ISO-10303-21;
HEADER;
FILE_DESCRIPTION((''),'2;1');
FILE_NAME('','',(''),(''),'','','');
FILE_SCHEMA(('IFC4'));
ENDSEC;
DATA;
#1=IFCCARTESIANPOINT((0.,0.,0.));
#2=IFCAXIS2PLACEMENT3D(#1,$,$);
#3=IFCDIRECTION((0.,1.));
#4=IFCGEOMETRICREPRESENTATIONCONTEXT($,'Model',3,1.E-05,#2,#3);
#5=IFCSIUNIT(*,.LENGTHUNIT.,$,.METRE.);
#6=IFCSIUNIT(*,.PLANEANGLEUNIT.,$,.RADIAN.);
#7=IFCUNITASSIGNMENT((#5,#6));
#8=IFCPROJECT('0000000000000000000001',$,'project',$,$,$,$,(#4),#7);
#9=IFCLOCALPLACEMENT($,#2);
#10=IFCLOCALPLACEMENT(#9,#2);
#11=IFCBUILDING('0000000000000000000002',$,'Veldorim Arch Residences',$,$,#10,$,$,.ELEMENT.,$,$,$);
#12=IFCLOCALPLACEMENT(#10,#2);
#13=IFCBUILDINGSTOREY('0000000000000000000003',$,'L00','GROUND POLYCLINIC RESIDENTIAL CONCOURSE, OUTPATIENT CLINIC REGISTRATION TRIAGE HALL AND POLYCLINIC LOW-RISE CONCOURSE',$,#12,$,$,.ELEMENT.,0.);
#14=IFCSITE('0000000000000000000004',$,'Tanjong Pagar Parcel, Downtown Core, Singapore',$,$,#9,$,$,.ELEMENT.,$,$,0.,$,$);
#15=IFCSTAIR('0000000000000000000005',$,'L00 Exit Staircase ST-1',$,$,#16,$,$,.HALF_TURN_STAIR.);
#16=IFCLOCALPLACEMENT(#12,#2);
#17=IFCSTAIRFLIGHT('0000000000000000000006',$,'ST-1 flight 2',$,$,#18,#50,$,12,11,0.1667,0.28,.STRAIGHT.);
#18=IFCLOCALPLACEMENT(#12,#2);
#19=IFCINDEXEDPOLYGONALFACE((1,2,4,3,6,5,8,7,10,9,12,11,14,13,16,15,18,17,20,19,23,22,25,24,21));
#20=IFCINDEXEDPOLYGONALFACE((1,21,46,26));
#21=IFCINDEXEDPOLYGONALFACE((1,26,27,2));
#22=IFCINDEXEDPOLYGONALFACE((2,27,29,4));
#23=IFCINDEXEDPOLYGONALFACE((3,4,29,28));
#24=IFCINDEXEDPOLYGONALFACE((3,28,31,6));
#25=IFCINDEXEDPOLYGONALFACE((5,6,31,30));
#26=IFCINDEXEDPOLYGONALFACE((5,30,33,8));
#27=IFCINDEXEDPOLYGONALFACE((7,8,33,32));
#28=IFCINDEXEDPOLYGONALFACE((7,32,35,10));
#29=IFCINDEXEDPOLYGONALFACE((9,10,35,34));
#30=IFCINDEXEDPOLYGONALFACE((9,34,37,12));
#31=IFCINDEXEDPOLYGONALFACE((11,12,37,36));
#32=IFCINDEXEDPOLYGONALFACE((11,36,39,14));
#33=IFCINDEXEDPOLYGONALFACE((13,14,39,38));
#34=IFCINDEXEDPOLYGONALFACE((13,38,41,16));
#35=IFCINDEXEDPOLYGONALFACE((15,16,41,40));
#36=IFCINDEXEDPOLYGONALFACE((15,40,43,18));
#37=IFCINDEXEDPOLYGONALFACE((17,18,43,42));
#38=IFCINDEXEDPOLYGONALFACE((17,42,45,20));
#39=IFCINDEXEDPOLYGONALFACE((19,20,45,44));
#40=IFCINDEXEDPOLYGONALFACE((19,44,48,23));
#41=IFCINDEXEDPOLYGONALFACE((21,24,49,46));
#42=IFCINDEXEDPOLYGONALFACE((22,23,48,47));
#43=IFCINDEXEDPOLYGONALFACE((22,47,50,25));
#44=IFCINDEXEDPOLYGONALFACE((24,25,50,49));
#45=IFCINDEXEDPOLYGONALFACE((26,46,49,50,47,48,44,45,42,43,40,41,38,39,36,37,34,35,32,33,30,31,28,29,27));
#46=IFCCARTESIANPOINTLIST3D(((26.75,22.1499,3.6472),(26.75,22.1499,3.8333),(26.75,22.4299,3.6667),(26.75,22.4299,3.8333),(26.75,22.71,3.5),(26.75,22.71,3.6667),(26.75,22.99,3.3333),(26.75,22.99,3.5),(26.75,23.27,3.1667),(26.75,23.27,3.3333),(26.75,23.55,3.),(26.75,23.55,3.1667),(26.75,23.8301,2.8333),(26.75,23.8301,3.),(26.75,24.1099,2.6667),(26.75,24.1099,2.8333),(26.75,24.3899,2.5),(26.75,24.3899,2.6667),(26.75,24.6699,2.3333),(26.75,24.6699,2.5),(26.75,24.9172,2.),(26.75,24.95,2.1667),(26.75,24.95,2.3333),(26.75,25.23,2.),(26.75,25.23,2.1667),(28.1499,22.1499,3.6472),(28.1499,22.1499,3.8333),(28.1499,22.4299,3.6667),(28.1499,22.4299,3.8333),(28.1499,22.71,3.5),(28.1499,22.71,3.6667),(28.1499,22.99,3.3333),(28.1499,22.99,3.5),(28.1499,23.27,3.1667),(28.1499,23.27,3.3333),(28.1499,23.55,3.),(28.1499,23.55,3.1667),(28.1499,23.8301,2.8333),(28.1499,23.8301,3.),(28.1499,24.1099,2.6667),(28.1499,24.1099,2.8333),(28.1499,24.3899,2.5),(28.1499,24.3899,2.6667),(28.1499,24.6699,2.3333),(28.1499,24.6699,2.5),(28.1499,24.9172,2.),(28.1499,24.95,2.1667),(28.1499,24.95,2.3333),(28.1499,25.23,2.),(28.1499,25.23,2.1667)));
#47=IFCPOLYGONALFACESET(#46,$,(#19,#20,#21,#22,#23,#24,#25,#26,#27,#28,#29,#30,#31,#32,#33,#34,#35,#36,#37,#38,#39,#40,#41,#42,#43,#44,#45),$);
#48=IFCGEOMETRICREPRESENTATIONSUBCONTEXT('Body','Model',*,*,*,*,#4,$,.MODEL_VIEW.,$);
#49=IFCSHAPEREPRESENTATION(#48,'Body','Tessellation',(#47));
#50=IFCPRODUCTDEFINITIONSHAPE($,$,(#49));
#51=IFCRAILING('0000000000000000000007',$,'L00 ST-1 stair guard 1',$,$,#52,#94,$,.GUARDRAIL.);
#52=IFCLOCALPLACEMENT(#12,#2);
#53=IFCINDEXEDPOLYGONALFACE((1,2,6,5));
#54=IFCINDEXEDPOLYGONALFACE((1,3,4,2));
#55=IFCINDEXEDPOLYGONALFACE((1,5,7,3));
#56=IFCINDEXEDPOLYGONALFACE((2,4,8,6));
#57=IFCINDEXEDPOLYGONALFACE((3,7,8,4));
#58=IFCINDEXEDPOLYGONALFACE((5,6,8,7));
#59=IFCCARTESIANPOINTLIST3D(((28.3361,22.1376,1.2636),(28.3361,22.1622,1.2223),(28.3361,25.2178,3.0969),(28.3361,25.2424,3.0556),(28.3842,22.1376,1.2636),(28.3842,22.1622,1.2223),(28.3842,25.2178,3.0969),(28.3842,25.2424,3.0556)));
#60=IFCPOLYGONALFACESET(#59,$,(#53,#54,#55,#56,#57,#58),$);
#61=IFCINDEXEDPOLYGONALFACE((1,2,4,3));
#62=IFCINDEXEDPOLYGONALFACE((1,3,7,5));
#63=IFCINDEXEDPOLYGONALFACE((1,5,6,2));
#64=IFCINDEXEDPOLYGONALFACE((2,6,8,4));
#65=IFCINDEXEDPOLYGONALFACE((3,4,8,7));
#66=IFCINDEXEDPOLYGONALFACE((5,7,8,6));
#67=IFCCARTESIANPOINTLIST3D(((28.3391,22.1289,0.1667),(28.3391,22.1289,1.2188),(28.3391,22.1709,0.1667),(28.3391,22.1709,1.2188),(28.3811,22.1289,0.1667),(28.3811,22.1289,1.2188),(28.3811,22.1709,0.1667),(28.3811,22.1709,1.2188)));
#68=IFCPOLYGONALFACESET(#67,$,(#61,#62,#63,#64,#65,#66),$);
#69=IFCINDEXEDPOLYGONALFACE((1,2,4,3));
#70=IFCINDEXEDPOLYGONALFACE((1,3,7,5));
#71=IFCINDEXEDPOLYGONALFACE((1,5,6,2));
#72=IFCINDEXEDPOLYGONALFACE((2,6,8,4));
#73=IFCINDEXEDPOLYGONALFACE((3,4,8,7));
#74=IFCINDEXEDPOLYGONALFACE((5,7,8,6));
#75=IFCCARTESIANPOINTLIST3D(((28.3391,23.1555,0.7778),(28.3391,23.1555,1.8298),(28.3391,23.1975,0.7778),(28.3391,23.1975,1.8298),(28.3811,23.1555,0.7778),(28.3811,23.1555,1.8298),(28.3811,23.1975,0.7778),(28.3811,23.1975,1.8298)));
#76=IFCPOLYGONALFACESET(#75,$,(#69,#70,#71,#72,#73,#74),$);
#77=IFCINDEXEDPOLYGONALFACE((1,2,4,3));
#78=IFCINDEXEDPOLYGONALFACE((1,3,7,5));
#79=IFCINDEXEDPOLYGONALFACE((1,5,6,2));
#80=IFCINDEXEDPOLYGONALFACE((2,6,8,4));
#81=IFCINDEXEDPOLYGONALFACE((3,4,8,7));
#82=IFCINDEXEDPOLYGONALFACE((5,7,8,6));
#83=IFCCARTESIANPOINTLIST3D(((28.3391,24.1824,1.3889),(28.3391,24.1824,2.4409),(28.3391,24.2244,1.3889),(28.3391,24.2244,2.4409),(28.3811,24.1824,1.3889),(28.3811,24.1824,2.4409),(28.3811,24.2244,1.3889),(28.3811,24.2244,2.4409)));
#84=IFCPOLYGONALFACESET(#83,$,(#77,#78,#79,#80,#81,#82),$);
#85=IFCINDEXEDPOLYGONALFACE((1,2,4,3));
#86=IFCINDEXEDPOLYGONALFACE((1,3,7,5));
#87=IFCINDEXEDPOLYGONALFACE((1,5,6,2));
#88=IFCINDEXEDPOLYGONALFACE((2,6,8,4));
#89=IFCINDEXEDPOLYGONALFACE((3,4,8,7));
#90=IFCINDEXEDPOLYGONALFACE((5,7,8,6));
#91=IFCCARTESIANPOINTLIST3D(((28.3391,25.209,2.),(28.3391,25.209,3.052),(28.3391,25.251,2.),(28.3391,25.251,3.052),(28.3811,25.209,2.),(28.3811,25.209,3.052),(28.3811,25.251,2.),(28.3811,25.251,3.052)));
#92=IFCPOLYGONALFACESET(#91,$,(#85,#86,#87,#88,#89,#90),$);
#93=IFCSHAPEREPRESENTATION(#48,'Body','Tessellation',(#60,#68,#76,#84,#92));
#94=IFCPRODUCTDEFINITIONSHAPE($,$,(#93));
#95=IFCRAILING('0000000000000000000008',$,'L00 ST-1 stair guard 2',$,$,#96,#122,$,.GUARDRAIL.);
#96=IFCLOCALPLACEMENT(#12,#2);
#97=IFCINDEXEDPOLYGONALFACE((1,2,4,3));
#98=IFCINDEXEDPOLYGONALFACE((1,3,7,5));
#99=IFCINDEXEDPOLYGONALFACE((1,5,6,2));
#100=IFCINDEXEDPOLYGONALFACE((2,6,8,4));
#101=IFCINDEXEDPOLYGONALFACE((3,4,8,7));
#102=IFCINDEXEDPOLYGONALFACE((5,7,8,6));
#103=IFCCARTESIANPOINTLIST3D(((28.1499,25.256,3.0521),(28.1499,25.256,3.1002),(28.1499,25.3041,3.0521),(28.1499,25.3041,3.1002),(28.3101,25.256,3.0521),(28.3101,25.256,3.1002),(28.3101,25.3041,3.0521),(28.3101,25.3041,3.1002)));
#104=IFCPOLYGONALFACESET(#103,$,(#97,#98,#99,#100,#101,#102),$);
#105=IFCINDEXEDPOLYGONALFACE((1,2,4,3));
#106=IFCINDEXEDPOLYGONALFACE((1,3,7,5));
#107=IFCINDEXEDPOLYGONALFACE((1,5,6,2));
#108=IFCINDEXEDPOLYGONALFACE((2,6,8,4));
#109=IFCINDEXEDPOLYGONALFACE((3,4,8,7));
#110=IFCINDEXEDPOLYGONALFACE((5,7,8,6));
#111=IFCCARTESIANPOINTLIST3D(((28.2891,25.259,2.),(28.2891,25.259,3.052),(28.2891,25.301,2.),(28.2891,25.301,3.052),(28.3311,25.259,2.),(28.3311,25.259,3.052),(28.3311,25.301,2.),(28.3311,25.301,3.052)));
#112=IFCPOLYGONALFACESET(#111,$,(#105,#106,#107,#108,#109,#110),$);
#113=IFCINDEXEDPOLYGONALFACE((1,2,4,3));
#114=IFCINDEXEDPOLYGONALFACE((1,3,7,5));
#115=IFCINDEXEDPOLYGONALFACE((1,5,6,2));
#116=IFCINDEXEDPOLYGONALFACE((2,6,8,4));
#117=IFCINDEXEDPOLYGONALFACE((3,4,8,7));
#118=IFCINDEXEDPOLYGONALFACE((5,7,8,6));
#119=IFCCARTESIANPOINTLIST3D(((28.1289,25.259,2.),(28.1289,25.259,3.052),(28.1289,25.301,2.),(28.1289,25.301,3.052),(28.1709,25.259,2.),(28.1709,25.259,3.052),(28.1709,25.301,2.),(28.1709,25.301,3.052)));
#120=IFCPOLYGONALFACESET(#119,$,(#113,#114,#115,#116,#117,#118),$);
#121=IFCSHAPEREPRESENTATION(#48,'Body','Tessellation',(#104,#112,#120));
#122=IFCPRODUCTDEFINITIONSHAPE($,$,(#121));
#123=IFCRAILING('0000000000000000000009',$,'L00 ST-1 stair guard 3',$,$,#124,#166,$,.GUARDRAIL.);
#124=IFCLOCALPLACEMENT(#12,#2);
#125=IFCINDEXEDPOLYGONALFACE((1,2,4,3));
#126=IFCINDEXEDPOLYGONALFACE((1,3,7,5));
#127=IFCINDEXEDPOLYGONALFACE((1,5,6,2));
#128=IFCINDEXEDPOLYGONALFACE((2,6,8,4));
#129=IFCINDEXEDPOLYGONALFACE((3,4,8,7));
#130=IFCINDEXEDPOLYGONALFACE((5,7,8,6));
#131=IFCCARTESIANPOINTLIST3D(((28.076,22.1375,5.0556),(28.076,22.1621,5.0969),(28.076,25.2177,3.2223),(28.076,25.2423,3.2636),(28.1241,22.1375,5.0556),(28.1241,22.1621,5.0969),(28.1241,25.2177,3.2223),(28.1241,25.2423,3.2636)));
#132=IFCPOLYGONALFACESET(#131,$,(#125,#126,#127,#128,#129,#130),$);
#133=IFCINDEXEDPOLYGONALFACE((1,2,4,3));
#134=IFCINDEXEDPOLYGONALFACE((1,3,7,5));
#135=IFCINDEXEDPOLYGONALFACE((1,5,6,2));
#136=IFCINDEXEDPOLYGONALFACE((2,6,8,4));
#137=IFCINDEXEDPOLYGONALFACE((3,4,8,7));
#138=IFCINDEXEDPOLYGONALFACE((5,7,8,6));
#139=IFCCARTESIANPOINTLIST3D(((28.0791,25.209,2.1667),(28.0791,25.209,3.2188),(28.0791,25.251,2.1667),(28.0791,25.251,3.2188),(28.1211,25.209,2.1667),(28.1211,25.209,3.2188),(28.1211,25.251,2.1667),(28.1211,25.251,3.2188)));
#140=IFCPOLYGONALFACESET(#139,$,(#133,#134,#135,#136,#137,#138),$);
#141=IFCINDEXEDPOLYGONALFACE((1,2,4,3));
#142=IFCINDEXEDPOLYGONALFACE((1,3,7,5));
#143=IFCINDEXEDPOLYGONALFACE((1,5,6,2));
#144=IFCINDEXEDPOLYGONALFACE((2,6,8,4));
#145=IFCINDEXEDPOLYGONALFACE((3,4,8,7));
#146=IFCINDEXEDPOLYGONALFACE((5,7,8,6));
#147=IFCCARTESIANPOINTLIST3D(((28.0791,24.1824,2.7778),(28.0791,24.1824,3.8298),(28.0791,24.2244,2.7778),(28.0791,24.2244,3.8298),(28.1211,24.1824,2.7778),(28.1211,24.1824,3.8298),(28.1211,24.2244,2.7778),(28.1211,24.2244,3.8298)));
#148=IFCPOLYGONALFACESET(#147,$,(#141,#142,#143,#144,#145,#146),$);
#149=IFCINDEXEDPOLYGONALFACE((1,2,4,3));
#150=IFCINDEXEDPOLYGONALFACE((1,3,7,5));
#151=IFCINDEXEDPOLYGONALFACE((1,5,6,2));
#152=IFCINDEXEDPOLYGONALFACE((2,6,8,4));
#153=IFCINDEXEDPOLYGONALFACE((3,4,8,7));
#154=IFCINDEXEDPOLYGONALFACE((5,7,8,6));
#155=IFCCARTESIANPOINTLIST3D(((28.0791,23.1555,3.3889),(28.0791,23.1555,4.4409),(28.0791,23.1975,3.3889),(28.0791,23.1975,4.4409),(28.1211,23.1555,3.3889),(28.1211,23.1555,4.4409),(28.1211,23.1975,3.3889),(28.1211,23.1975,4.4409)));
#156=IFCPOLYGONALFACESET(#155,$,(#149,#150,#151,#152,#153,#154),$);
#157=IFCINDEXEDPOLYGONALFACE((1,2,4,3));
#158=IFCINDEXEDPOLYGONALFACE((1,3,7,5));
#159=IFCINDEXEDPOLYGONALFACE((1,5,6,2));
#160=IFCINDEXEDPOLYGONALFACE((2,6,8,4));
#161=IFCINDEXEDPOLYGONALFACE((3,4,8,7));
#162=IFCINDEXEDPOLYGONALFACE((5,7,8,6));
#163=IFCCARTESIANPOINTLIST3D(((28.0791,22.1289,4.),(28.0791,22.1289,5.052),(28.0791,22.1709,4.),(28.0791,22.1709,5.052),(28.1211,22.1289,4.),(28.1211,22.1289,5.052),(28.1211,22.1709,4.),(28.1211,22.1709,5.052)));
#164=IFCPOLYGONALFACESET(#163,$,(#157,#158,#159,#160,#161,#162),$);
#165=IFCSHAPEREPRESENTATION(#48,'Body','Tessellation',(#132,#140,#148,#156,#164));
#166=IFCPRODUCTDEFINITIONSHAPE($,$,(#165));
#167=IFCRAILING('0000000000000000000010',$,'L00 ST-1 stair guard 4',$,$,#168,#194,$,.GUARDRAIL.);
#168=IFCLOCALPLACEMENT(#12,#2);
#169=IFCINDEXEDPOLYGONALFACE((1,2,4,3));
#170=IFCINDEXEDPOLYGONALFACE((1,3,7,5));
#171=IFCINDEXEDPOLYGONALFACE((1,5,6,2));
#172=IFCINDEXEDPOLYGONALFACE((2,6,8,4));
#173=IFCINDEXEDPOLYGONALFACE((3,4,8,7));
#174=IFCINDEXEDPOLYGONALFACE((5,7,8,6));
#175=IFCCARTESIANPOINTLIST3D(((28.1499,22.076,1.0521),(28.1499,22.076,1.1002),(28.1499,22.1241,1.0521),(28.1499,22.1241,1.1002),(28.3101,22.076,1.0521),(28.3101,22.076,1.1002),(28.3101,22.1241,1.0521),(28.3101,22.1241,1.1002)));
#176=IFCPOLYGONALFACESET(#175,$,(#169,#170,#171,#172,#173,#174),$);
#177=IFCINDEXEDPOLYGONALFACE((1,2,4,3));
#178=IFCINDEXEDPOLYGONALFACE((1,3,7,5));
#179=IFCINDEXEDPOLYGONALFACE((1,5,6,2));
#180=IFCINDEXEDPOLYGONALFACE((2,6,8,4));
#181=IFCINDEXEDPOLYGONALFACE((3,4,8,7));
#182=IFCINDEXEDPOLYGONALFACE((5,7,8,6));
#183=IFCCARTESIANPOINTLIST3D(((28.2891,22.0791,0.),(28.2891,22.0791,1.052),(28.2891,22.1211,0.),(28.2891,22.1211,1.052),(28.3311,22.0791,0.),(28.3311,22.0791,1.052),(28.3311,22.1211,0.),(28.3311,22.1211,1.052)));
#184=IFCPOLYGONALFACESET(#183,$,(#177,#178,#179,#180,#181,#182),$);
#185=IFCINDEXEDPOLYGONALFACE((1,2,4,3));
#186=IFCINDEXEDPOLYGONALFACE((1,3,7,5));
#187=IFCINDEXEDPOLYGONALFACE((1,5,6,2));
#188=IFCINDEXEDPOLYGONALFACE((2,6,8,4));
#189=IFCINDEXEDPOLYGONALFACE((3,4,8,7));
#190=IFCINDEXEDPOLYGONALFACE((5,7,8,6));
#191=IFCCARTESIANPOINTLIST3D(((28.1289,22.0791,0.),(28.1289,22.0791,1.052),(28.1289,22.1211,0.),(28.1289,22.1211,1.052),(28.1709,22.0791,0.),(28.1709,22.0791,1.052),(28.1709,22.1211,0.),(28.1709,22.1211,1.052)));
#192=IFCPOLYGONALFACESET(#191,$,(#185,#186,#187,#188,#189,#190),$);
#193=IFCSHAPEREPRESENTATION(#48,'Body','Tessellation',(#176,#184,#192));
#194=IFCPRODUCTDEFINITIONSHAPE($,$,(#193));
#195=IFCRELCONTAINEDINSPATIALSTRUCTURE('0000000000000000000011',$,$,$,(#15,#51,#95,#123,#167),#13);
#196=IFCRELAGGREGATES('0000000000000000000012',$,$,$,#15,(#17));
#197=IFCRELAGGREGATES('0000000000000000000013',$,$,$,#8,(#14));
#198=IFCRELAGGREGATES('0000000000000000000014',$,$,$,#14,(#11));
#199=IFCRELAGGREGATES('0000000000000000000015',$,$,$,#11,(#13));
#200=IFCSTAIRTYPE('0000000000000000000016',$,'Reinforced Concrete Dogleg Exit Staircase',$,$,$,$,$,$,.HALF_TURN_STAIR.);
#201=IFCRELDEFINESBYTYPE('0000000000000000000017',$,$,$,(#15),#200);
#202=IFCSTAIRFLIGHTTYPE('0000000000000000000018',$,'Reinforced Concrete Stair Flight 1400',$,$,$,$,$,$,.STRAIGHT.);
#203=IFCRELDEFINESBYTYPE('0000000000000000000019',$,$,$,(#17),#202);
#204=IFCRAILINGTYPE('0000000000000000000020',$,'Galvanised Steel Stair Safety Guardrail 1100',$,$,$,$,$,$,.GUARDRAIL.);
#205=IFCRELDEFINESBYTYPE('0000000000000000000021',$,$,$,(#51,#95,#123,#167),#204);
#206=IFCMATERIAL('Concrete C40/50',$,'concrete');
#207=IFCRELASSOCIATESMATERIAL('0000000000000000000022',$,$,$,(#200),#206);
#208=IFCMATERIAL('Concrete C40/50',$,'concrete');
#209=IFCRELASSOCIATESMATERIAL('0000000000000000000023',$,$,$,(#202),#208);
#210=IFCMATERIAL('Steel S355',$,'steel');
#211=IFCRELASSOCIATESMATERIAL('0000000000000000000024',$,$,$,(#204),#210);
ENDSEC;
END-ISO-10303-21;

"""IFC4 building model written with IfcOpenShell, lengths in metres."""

from ifc_helpers import new_model, si_unit, direction, frame, origin, origin_2d, place, context, subcontext, project, spatial, polyline, rectangle, outline, extrude, material, type_object, element, aggregate, save


model = new_model("IFC4")

# Units and contexts
model_context = context("Model", 3, precision=1e-05, world=origin(), true_north=direction((0.0, 1.0)))
body_context = subcontext(model_context, "Body", "Model", "MODEL_VIEW")
ifc_project = project(units=[si_unit("LENGTHUNIT", "METRE"), si_unit("PLANEANGLEUNIT", "RADIAN")], contexts=[model_context])

# Site, building, storey
site_placement = place(None, origin())
site = spatial("IfcSite", under=ifc_project, at=site_placement, Name="Tanjong Pagar Parcel, Downtown Core, Singapore", CompositionType="ELEMENT", RefElevation=0.0)
building_placement = place(site_placement, origin())
building = spatial("IfcBuilding", under=site, at=building_placement, Name="Veldorim Arch Residences", CompositionType="ELEMENT")
storey_placement = place(building_placement, origin())
storey = spatial("IfcBuildingStorey", under=building, at=storey_placement, Name="L00", Description="GROUND POLYCLINIC RESIDENTIAL CONCOURSE, OUTPATIENT CLINIC REGISTRATION TRIAGE HALL AND POLYCLINIC LOW-RISE CONCOURSE", CompositionType="ELEMENT", Elevation=0.0)

# Stair, stair flight
ifc_material_1 = material(Name="Concrete C40/50", Category="concrete")
stair_type = type_object("IfcStairType", Name="Reinforced Concrete Dogleg Exit Staircase", PredefinedType="HALF_TURN_STAIR", material=ifc_material_1)
stair_placement = place(storey_placement, origin())
stair = element("IfcStair", 1, at=stair_placement, inside=storey, type_object=stair_type, Name="L00 Exit Staircase ST-1", PredefinedType="HALF_TURN_STAIR")
ifc_material_2 = material(Name="Concrete C40/50", Category="concrete")
stair_flight_type = type_object("IfcStairFlightType", Name="Reinforced Concrete Stair Flight 1400", PredefinedType="STRAIGHT", material=ifc_material_2)
stair_flight_1_placement = place(storey_placement, frame((27.45, 25.23, 2.0), z_axis=(0.0, 0.0, 1.0), x_axis=(0.0, -1.0, 0.0)))
stair_flight_1 = element("IfcStairFlight", 2, at=stair_flight_1_placement, type_object=stair_flight_type, Name="ST-1 flight 2", NumberOfRisers=12, NumberOfTreads=11, PredefinedType="STRAIGHT", RiserHeight=0.1667, TreadLength=0.28, context=body_context, shape_type="SweptSolid", body=[
    extrude(outline(polyline([(0.0, 0.0), (0.0, 0.1667), (0.28, 0.1667), (0.28, 0.3333), (0.5601, 0.3333), (0.5601, 0.5), (0.8401, 0.5), (0.8401, 0.6667), (1.1201, 0.6667), (1.1201, 0.8333), (1.3999, 0.8333), (1.3999, 1.0), (1.6799, 1.0), (1.6799, 1.1667), (1.96, 1.1667), (1.96, 1.3333), (2.24, 1.3333), (2.24, 1.5), (2.52, 1.5), (2.52, 1.6667), (2.8, 1.6667), (2.8, 1.8333), (3.0801, 1.8333), (3.0801, 2.0), (3.0801, 1.6472), (0.3127, 0.0), (0.0, 0.0)])), frame((0.0, 0.7, 0.0), z_axis=(0.0, -1.0, 0.0), x_axis=(1.0, 0.0, 0.0)), (0.0, 0.0, 1.0), 1.3999),
])
aggregate(stair, [stair_flight_1])

# Railings
ifc_material_3 = material(Name="Steel S355", Category="steel")
railing_type_1 = type_object("IfcRailingType", Name="Galvanised Steel Stair Safety Guardrail 1100", PredefinedType="GUARDRAIL", material=ifc_material_3)
railing_1_placement = place(storey_placement, frame((28.3601, 22.1499, 0.1667)))
element("IfcRailing", 3, at=railing_1_placement, inside=storey, type_object=railing_type_1, Name="L00 ST-1 stair guard 1", PredefinedType="GUARDRAIL", context=body_context, shape_type="SweptSolid", body=[
    extrude(rectangle(XDim=0.0481, YDim=0.0481, at=origin_2d()), frame((0.0, 0.0, 1.0762), z_axis=(0.0, 0.859309, 0.511458), x_axis=(-1.0, 0.0, 0.0)), (0.0, 0.0, 1.0), 3.5845),
    extrude(rectangle(XDim=0.042, YDim=0.042, at=origin_2d()), origin(), (0.0, 0.0, 1.0), 1.052),
    extrude(rectangle(XDim=0.042, YDim=0.042, at=origin_2d()), frame((0.0, 1.0266, 0.6111)), (0.0, 0.0, 1.0), 1.052),
    extrude(rectangle(XDim=0.042, YDim=0.042, at=origin_2d()), frame((0.0, 2.0535, 1.2222)), (0.0, 0.0, 1.0), 1.052),
    extrude(rectangle(XDim=0.042, YDim=0.042, at=origin_2d()), frame((0.0, 3.0801, 1.8333)), (0.0, 0.0, 1.0), 1.052),
])
railing_2_placement = place(storey_placement, frame((28.3101, 25.28, 2.0)))
element("IfcRailing", 4, at=railing_2_placement, inside=storey, type_object=railing_type_1, Name="L00 ST-1 stair guard 2", PredefinedType="GUARDRAIL", context=body_context, shape_type="SweptSolid", body=[
    extrude(rectangle(XDim=0.0481, YDim=0.0481, at=origin_2d()), frame((0.0, 0.0, 1.0762), z_axis=(-1.0, 0.0, 0.0), x_axis=(0.0, -1.0, 0.0)), (0.0, 0.0, 1.0), 0.1602),
    extrude(rectangle(XDim=0.042, YDim=0.042, at=origin_2d()), origin(), (0.0, 0.0, 1.0), 1.052),
    extrude(rectangle(XDim=0.042, YDim=0.042, at=origin_2d()), frame((-0.1602, 0.0, 0.0)), (0.0, 0.0, 1.0), 1.052),
])
railing_3_placement = place(storey_placement, frame((28.1001, 25.23, 2.1667)))
element("IfcRailing", 5, at=railing_3_placement, inside=storey, type_object=railing_type_1, Name="L00 ST-1 stair guard 3", PredefinedType="GUARDRAIL", context=body_context, shape_type="SweptSolid", body=[
    extrude(rectangle(XDim=0.0481, YDim=0.0481, at=origin_2d()), frame((0.0, 0.0, 1.0762), z_axis=(0.0, -0.859309, 0.511458), x_axis=(1.0, 0.0, 0.0)), (0.0, 0.0, 1.0), 3.5845),
    extrude(rectangle(XDim=0.042, YDim=0.042, at=origin_2d()), origin(), (0.0, 0.0, 1.0), 1.052),
    extrude(rectangle(XDim=0.042, YDim=0.042, at=origin_2d()), frame((0.0, -1.0266, 0.6111)), (0.0, 0.0, 1.0), 1.052),
    extrude(rectangle(XDim=0.042, YDim=0.042, at=origin_2d()), frame((0.0, -2.0535, 1.2222)), (0.0, 0.0, 1.0), 1.052),
    extrude(rectangle(XDim=0.042, YDim=0.042, at=origin_2d()), frame((0.0, -3.0801, 1.8333)), (0.0, 0.0, 1.0), 1.052),
])
railing_4_placement = place(storey_placement, frame((28.3101, 22.1001, 0.0)))
element("IfcRailing", 6, at=railing_4_placement, inside=storey, type_object=railing_type_1, Name="L00 ST-1 stair guard 4", PredefinedType="GUARDRAIL", context=body_context, shape_type="SweptSolid", body=[
    extrude(rectangle(XDim=0.0481, YDim=0.0481, at=origin_2d()), frame((0.0, 0.0, 1.0762), z_axis=(-1.0, 0.0, 0.0), x_axis=(0.0, -1.0, 0.0)), (0.0, 0.0, 1.0), 0.1602),
    extrude(rectangle(XDim=0.042, YDim=0.042, at=origin_2d()), origin(), (0.0, 0.0, 1.0), 1.052),
    extrude(rectangle(XDim=0.042, YDim=0.042, at=origin_2d()), frame((-0.1602, 0.0, 0.0)), (0.0, 0.0, 1.0), 1.052),
])

save(model, "model.ifc")
